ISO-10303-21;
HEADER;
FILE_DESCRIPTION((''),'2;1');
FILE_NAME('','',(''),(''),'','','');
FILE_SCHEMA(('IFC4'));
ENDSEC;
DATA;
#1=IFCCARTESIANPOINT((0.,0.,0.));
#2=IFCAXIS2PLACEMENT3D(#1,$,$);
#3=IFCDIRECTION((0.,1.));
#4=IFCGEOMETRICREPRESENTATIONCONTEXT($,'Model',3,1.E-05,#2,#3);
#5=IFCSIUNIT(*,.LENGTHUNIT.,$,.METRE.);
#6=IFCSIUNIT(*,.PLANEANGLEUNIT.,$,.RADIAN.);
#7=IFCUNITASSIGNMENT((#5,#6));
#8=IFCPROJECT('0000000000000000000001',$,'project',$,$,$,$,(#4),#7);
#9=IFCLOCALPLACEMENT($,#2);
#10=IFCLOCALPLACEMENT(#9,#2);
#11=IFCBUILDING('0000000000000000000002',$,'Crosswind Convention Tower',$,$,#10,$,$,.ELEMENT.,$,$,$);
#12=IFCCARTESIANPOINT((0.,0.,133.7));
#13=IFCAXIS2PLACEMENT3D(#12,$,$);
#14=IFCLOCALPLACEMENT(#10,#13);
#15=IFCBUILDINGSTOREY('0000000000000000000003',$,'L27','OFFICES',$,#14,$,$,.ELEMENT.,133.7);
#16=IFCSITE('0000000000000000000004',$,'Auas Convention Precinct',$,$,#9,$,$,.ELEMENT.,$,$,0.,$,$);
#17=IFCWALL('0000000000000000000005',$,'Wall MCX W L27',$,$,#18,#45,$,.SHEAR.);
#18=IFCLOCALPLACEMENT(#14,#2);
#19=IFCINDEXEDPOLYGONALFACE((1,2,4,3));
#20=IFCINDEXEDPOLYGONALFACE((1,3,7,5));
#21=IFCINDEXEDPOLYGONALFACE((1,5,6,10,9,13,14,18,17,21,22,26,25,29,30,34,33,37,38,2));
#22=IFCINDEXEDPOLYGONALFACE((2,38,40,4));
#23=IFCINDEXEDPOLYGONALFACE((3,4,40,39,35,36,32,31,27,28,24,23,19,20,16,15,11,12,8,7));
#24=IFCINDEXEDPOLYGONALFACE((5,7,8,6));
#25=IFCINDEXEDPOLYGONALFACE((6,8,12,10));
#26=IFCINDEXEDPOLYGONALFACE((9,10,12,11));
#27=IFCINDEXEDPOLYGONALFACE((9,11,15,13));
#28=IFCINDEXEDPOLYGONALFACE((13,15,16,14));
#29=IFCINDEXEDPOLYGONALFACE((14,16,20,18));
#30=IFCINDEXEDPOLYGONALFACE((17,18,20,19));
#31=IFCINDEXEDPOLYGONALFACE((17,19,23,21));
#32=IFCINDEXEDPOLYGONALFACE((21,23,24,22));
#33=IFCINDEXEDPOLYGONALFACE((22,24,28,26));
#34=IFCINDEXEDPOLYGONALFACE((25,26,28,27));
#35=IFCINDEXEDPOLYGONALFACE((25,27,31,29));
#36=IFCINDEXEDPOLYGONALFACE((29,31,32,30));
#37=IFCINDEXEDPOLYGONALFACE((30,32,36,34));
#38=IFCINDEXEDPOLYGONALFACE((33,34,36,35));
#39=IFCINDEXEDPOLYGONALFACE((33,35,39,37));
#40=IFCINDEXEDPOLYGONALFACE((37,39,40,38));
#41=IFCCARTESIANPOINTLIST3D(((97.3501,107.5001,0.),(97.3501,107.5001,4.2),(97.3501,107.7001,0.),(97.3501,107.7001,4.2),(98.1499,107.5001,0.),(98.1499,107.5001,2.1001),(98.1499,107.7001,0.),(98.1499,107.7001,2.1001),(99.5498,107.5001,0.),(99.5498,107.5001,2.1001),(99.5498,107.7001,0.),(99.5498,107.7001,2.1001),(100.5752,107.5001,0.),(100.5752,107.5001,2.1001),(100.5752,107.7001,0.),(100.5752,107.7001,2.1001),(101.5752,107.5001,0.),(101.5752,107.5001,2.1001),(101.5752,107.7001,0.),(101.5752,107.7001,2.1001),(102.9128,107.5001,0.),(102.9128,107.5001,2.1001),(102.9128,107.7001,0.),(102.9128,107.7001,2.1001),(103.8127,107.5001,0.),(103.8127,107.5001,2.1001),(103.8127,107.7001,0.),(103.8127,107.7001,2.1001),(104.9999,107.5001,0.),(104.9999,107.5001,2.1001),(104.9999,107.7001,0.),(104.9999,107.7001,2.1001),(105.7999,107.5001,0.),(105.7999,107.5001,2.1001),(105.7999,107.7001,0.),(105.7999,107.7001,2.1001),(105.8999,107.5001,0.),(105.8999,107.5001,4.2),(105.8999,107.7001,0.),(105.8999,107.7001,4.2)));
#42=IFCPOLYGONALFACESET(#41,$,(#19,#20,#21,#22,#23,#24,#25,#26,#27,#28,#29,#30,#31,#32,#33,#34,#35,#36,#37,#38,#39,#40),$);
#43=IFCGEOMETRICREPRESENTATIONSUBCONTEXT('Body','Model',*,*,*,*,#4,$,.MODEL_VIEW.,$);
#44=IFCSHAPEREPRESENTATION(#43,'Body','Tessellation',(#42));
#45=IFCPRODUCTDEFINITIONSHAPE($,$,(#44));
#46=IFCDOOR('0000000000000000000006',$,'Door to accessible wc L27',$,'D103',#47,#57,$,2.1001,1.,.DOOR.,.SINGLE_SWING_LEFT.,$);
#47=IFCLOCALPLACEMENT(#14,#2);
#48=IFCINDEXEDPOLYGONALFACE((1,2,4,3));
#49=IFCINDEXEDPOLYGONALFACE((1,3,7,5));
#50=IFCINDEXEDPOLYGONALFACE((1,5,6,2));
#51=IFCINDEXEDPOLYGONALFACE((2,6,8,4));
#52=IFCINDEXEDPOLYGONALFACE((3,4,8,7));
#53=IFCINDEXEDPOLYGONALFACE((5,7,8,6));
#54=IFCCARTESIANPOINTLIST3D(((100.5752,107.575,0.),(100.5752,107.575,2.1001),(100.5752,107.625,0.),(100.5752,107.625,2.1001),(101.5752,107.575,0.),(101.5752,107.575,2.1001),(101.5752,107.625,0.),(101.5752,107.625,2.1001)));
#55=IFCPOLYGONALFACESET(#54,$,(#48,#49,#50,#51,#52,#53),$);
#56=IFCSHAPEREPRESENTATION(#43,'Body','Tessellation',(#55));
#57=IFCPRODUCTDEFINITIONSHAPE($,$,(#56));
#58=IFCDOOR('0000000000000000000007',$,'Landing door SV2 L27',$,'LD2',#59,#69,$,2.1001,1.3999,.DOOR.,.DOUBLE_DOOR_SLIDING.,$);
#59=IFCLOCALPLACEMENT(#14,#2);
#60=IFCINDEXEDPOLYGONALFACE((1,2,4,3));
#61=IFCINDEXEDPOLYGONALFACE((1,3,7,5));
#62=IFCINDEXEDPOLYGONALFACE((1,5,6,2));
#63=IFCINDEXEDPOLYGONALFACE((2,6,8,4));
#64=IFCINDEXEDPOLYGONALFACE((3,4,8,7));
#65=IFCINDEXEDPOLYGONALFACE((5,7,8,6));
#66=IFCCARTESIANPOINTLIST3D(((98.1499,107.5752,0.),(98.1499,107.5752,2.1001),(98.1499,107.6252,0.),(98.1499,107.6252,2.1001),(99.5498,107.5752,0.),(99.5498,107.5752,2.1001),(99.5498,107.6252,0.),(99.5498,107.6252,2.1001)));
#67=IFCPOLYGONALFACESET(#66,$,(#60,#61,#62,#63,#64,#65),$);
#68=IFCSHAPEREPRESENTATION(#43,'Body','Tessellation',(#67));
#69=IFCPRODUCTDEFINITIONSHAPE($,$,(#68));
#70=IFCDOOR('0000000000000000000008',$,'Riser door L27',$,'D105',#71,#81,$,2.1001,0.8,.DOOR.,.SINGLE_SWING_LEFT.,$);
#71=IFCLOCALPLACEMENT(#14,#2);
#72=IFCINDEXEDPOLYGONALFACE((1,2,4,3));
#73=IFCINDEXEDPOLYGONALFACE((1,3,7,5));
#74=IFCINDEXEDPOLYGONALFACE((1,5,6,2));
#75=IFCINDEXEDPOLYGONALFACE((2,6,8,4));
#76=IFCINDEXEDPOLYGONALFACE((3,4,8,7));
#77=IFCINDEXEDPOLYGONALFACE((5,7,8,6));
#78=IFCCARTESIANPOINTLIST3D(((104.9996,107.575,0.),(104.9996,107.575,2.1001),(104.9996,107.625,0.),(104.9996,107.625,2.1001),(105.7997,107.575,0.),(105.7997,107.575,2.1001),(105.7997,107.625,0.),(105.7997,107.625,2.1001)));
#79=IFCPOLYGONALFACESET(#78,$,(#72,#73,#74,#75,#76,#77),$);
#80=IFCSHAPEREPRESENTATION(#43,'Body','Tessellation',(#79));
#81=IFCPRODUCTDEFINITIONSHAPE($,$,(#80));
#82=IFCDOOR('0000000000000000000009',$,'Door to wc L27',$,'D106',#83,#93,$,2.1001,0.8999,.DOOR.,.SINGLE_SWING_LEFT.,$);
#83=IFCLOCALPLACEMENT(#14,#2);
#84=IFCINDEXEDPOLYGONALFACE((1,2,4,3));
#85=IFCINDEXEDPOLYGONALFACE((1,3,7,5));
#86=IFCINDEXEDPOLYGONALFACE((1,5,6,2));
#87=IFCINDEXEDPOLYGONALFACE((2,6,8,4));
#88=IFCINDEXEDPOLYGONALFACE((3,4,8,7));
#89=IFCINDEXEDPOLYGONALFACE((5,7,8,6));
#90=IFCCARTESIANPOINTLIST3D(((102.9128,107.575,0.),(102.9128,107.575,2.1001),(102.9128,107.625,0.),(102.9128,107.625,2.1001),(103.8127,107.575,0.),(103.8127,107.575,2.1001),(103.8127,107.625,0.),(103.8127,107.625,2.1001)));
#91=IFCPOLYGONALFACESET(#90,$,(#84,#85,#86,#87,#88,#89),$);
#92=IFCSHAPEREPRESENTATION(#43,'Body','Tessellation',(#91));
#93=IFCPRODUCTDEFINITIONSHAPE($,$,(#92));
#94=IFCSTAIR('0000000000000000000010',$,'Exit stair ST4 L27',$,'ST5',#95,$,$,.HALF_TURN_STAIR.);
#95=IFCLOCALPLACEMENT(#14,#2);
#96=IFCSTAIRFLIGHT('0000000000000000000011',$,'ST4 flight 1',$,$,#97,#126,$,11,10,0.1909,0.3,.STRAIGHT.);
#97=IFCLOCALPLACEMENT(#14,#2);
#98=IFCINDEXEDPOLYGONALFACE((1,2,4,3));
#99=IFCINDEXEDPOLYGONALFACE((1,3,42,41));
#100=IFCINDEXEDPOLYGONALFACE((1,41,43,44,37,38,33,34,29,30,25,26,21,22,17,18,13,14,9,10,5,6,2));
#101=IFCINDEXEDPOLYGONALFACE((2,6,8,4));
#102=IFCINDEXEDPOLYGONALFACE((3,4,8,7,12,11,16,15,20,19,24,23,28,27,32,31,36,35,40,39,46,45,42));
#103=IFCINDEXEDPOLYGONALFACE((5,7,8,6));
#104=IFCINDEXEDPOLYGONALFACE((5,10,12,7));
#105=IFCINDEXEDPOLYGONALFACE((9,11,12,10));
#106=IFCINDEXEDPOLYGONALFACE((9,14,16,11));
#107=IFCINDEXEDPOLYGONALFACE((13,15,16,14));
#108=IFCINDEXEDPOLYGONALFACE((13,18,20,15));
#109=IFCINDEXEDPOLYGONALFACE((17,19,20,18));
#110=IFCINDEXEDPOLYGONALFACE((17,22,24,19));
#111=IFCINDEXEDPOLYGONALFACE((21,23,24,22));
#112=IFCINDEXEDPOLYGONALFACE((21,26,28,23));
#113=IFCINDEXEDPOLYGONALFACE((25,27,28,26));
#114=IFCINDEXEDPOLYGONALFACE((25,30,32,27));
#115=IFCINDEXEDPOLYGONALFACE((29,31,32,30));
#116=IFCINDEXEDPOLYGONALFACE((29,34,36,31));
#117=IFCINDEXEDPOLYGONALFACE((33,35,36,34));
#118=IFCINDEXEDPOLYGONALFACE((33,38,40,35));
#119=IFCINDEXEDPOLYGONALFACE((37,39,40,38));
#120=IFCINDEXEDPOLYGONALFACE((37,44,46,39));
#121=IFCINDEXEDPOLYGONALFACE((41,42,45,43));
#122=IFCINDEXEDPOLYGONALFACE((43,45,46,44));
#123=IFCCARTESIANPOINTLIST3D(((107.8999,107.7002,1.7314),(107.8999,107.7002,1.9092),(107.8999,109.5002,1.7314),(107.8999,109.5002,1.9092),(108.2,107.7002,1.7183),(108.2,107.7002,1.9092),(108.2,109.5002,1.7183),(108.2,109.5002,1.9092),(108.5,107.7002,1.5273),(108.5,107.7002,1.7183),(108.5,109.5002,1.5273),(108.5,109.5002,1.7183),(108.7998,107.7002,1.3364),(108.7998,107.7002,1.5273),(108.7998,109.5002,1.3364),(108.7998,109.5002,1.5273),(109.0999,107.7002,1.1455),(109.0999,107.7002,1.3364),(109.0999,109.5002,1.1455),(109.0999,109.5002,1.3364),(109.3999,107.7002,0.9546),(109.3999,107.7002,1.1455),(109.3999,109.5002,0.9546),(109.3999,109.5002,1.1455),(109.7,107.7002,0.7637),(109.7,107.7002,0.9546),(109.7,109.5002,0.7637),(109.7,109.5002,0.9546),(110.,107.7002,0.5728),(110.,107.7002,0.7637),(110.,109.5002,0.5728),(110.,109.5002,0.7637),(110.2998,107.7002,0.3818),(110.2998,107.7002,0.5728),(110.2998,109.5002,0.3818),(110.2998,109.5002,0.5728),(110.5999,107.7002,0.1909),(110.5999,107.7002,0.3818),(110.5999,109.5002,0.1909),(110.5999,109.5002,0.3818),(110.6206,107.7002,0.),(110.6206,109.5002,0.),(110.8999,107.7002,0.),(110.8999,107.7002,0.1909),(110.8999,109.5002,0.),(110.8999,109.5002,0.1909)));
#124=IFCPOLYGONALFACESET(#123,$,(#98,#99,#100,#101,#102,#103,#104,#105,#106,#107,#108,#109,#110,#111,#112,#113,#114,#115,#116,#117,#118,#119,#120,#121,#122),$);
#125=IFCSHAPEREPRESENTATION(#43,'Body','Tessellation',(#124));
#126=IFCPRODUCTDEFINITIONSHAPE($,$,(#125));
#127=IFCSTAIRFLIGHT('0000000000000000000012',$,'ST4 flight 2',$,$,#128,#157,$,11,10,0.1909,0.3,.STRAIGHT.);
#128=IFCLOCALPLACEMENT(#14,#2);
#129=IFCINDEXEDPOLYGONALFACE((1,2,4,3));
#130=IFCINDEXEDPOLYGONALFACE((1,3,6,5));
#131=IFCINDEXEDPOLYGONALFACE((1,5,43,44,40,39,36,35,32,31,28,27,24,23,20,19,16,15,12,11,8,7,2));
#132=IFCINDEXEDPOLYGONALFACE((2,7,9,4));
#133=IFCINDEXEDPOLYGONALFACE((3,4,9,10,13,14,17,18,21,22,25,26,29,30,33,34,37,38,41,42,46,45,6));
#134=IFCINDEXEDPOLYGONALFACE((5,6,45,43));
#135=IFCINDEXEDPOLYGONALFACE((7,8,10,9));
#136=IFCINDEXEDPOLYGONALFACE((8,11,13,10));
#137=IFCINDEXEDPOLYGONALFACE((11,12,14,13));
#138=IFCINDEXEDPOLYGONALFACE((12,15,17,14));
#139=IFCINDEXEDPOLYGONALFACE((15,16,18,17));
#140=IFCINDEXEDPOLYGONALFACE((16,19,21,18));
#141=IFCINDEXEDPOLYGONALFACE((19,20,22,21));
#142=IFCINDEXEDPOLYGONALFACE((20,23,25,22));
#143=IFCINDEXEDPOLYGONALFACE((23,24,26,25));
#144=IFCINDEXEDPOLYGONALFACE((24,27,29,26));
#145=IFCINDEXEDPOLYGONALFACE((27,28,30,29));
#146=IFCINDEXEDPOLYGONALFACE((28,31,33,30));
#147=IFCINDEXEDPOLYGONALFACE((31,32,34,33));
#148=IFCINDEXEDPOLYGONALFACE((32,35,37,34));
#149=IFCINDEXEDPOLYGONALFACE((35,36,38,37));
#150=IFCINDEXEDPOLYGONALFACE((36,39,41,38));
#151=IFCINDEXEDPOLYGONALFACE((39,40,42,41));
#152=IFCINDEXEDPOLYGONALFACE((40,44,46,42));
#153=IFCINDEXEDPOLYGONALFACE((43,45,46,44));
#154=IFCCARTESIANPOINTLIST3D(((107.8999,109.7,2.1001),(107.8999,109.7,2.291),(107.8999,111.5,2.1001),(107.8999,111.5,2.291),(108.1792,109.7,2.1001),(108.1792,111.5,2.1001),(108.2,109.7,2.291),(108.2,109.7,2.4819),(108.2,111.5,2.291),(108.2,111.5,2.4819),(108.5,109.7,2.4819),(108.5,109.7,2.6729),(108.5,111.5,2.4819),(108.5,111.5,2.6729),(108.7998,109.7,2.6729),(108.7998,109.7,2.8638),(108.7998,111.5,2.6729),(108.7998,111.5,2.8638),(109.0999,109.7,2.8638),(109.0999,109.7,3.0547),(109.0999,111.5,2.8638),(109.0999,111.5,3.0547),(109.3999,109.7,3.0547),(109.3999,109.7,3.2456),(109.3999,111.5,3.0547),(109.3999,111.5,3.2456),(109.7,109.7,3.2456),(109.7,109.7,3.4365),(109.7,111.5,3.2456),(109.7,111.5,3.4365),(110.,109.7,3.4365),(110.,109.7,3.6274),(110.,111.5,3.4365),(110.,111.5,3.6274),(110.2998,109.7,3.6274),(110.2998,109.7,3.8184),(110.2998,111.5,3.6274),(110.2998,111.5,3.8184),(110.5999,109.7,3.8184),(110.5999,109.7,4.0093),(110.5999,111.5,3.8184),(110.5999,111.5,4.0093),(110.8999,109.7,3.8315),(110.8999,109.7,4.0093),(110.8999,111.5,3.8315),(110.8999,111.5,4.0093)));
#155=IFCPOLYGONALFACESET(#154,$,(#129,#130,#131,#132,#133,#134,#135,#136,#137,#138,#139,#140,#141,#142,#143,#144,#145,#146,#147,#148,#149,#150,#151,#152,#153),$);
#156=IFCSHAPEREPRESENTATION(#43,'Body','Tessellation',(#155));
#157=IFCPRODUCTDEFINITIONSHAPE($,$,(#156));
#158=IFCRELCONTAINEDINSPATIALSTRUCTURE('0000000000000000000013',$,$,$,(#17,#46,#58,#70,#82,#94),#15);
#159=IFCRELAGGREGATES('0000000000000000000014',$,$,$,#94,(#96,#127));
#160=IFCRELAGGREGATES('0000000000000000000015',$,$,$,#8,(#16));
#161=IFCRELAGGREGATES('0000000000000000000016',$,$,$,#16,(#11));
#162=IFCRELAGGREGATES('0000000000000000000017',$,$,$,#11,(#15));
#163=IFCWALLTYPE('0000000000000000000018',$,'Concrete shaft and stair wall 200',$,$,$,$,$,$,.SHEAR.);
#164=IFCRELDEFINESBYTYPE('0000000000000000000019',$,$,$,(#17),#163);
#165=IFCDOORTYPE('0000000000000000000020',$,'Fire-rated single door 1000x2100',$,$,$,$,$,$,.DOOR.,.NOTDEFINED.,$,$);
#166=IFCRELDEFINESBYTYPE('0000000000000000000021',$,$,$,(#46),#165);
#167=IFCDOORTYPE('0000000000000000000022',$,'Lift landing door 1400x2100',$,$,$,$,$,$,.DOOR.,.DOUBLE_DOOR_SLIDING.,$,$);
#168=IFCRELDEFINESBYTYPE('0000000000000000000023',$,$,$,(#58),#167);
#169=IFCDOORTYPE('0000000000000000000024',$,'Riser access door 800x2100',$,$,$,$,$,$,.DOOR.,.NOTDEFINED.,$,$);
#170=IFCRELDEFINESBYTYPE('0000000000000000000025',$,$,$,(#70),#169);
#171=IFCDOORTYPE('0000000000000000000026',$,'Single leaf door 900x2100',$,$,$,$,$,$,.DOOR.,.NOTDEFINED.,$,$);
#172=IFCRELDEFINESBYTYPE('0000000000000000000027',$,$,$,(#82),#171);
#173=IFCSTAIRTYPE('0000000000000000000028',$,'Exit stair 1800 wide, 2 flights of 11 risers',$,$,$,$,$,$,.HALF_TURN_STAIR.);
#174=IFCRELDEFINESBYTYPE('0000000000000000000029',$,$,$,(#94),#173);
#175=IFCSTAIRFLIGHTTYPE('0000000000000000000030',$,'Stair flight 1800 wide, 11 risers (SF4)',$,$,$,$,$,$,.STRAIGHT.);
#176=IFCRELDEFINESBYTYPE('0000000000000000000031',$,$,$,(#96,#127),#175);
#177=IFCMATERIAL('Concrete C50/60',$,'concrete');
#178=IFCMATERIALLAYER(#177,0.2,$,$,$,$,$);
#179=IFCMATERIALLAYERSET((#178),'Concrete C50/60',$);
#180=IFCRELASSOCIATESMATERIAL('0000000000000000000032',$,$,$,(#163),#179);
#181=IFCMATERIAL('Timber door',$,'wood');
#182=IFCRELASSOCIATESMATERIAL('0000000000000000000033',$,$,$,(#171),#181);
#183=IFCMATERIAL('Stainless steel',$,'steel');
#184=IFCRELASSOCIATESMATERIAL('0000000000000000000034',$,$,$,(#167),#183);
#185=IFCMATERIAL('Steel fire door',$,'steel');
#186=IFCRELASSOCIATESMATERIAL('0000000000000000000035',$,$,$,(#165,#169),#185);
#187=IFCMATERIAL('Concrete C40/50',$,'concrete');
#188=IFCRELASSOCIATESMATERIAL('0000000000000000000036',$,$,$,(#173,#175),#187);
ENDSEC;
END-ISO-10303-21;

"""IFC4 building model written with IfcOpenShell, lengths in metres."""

from ifc_helpers import new_model, si_unit, direction, frame, frame_2d, origin, place, context, subcontext, project, spatial, polyline, rectangle, outline, extrude, material, layer, layer_set, type_object, element, fill, aggregate, save


model = new_model("IFC4")

# Units and contexts
model_context = context("Model", 3, precision=1e-05, world=origin(), true_north=direction((0.0, 1.0)))
body_context = subcontext(model_context, "Body", "Model", "MODEL_VIEW")
ifc_project = project(units=[si_unit("LENGTHUNIT", "METRE"), si_unit("PLANEANGLEUNIT", "RADIAN")], contexts=[model_context])

# Site, building, storey
site_placement = place(None, origin())
site = spatial("IfcSite", under=ifc_project, at=site_placement, Name="Auas Convention Precinct", CompositionType="ELEMENT", RefElevation=0.0)
building_placement = place(site_placement, origin())
building = spatial("IfcBuilding", under=site, at=building_placement, Name="Crosswind Convention Tower", CompositionType="ELEMENT")
storey_placement = place(building_placement, frame((0.0, 0.0, 133.7)))
storey = spatial("IfcBuildingStorey", under=building, at=storey_placement, Name="L27", Description="OFFICES", CompositionType="ELEMENT", Elevation=133.7)

# Shared definitions
ifc_material_1 = material(Name="Concrete C50/60", Category="concrete")
ifc_layer = layer(ifc_material_1, 0.2)
ifc_layer_set = layer_set([ifc_layer], Name="Concrete C50/60")
wall_type = type_object("IfcWallType", Name="Concrete shaft and stair wall 200", PredefinedType="SHEAR", material=ifc_layer_set)

# Shared definitions
ifc_material_2 = material(Name="Timber door", Category="wood")
door_type_1 = type_object("IfcDoorType", Name="Single leaf door 900x2100", OperationType="NOTDEFINED", PredefinedType="DOOR", material=ifc_material_2)

# Shared definitions
ifc_material_3 = material(Name="Stainless steel", Category="steel")
door_type_2 = type_object("IfcDoorType", Name="Lift landing door 1400x2100", OperationType="DOUBLE_DOOR_SLIDING", PredefinedType="DOOR", material=ifc_material_3)

# Wall, openings, doors
wall_1_placement = place(storey_placement, frame((105.8999, 107.6001, 0.0), z_axis=(0.0, 0.0, 1.0), x_axis=(-1.0, 0.0, 0.0)))
wall_1 = element("IfcWall", 1, at=wall_1_placement, inside=storey, type_object=wall_type, Name="Wall MCX W L27", PredefinedType="SHEAR", context=body_context, shape_type="SweptSolid", body=[
    extrude(rectangle(XDim=8.5498, YDim=0.2, at=frame_2d((4.2749, 0.0))), origin(), (0.0, 0.0, 1.0), 4.2),
])
opening_1_placement = place(wall_1_placement, frame((0.1001, 0.0, 0.0)))
opening_1 = element("IfcOpeningElement", 2, at=opening_1_placement, cuts=wall_1, PredefinedType="OPENING", context=body_context, shape_type="SweptSolid", body=[
    extrude(rectangle(XDim=0.8, YDim=2.1001, at=frame_2d((0.3999, 1.05))), frame((0.0, 0.1099, 0.0), z_axis=(0.0, -1.0, 0.0), x_axis=(1.0, 0.0, 0.0)), (0.0, 0.0, 1.0), 0.22),
])
opening_2_placement = place(wall_1_placement, frame((2.0872, 0.0, 0.0)))
opening_2 = element("IfcOpeningElement", 3, at=opening_2_placement, cuts=wall_1, PredefinedType="OPENING", context=body_context, shape_type="SweptSolid", body=[
    extrude(rectangle(XDim=0.8999, YDim=2.1001, at=frame_2d((0.45, 1.05))), frame((0.0, 0.1099, 0.0), z_axis=(0.0, -1.0, 0.0), x_axis=(1.0, 0.0, 0.0)), (0.0, 0.0, 1.0), 0.22),
])
opening_3_placement = place(wall_1_placement, frame((4.3247, 0.0, 0.0)))
opening_3 = element("IfcOpeningElement", 4, at=opening_3_placement, cuts=wall_1, PredefinedType="OPENING", context=body_context, shape_type="SweptSolid", body=[
    extrude(rectangle(XDim=1.0, YDim=2.1001, at=frame_2d((0.5, 1.05))), frame((0.0, 0.1099, 0.0), z_axis=(0.0, -1.0, 0.0), x_axis=(1.0, 0.0, 0.0)), (0.0, 0.0, 1.0), 0.22),
])
opening_4_placement = place(wall_1_placement, frame((6.3501, 0.0, 0.0)))
opening_4 = element("IfcOpeningElement", 5, at=opening_4_placement, cuts=wall_1, PredefinedType="OPENING", context=body_context, shape_type="SweptSolid", body=[
    extrude(rectangle(XDim=1.3999, YDim=2.1001, at=frame_2d((0.7, 1.05))), frame((0.0, 0.1099, 0.0), z_axis=(0.0, -1.0, 0.0), x_axis=(1.0, 0.0, 0.0)), (0.0, 0.0, 1.0), 0.22),
])
ifc_material_4 = material(Name="Steel fire door", Category="steel")
door_type_3 = type_object("IfcDoorType", Name="Fire-rated single door 1000x2100", OperationType="NOTDEFINED", PredefinedType="DOOR", material=ifc_material_4)
door_1_placement = place(opening_3_placement, frame((1.0, 0.0, 0.0), z_axis=(0.0, 0.0, 1.0), x_axis=(-1.0, 0.0, 0.0)))
door_1 = element("IfcDoor", 6, at=door_1_placement, inside=storey, type_object=door_type_3, Name="Door to accessible wc L27", ObjectType="D103", OperationType="SINGLE_SWING_LEFT", OverallHeight=2.1001, OverallWidth=1.0, PredefinedType="DOOR", context=body_context, shape_type="SweptSolid", body=[
    extrude(rectangle(XDim=1.0, YDim=2.1001, at=frame_2d((0.5, 1.05))), frame((0.0, 0.0249, 0.0), z_axis=(0.0, -1.0, 0.0), x_axis=(1.0, 0.0, 0.0)), (0.0, 0.0, 1.0), 0.05),
])
fill(opening_3, door_1)
door_2_placement = place(opening_4_placement, origin())
door_2 = element("IfcDoor", 7, at=door_2_placement, inside=storey, type_object=door_type_2, Name="Landing door SV2 L27", ObjectType="LD2", OperationType="DOUBLE_DOOR_SLIDING", OverallHeight=2.1001, OverallWidth=1.3999, PredefinedType="DOOR", context=body_context, shape_type="SweptSolid", body=[
    extrude(rectangle(XDim=1.3999, YDim=2.1001, at=frame_2d((0.7, 1.05))), frame((0.0, 0.0249, 0.0), z_axis=(0.0, -1.0, 0.0), x_axis=(1.0, 0.0, 0.0)), (0.0, 0.0, 1.0), 0.05),
])
fill(opening_4, door_2)
door_type_4 = type_object("IfcDoorType", Name="Riser access door 800x2100", OperationType="NOTDEFINED", PredefinedType="DOOR", material=ifc_material_4)
door_3_placement = place(opening_1_placement, frame((0.8, 0.0, 0.0), z_axis=(0.0, 0.0, 1.0), x_axis=(-1.0, 0.0, 0.0)))
door_3 = element("IfcDoor", 8, at=door_3_placement, inside=storey, type_object=door_type_4, Name="Riser door L27", ObjectType="D105", OperationType="SINGLE_SWING_LEFT", OverallHeight=2.1001, OverallWidth=0.8, PredefinedType="DOOR", context=body_context, shape_type="SweptSolid", body=[
    extrude(rectangle(XDim=0.8, YDim=2.1001, at=frame_2d((0.3999, 1.05))), frame((0.0, 0.0249, 0.0), z_axis=(0.0, -1.0, 0.0), x_axis=(1.0, 0.0, 0.0)), (0.0, 0.0, 1.0), 0.05),
])
fill(opening_1, door_3)
door_4_placement = place(opening_2_placement, frame((0.8999, 0.0, 0.0), z_axis=(0.0, 0.0, 1.0), x_axis=(-1.0, 0.0, 0.0)))
door_4 = element("IfcDoor", 9, at=door_4_placement, inside=storey, type_object=door_type_1, Name="Door to wc L27", ObjectType="D106", OperationType="SINGLE_SWING_LEFT", OverallHeight=2.1001, OverallWidth=0.8999, PredefinedType="DOOR", context=body_context, shape_type="SweptSolid", body=[
    extrude(rectangle(XDim=0.8999, YDim=2.1001, at=frame_2d((0.45, 1.05))), frame((0.0, 0.0249, 0.0), z_axis=(0.0, -1.0, 0.0), x_axis=(1.0, 0.0, 0.0)), (0.0, 0.0, 1.0), 0.05),
])
fill(opening_2, door_4)

# Stair, stair flights
ifc_material_5 = material(Name="Concrete C40/50", Category="concrete")
stair_type = type_object("IfcStairType", Name="Exit stair 1800 wide, 2 flights of 11 risers", PredefinedType="HALF_TURN_STAIR", material=ifc_material_5)
stair_placement = place(storey_placement, origin())
stair = element("IfcStair", 10, at=stair_placement, inside=storey, type_object=stair_type, Name="Exit stair ST4 L27", ObjectType="ST5", PredefinedType="HALF_TURN_STAIR")
stair_flight_type = type_object("IfcStairFlightType", Name="Stair flight 1800 wide, 11 risers (SF4)", PredefinedType="STRAIGHT", material=ifc_material_5)
stair_flight_1_placement = place(storey_placement, frame((110.8999, 108.6001, 0.0), z_axis=(0.0, 0.0, 1.0), x_axis=(-1.0, 0.0, 0.0)))
stair_flight_1 = element("IfcStairFlight", 11, at=stair_flight_1_placement, type_object=stair_flight_type, Name="ST4 flight 1", NumberOfRisers=11, NumberOfTreads=10, PredefinedType="STRAIGHT", RiserHeight=0.1909, TreadLength=0.3, context=body_context, shape_type="SweptSolid", body=[
    extrude(outline(polyline([(0.0, 0.0), (0.0, 0.1909), (0.3, 0.1909), (0.3, 0.3818), (0.6001, 0.3818), (0.6001, 0.5728), (0.8999, 0.5728), (0.8999, 0.7637), (1.2, 0.7637), (1.2, 0.9546), (1.5, 0.9546), (1.5, 1.1455), (1.8, 1.1455), (1.8, 1.3364), (2.1001, 1.3364), (2.1001, 1.5273), (2.3999, 1.5273), (2.3999, 1.7183), (2.7, 1.7183), (2.7, 1.9092), (3.0, 1.9092), (3.0, 2.1001), (3.0, 1.7314), (0.2793, 0.0), (0.0, 0.0)])), frame((0.0, 0.8999, 0.0), z_axis=(0.0, -1.0, 0.0), x_axis=(1.0, 0.0, 0.0)), (0.0, 0.0, 1.0), 1.8),
])
stair_flight_2_placement = place(storey_placement, frame((107.8999, 110.6001, 2.1001), z_axis=(0.0, 0.0, 1.0), x_axis=(1.0, 0.0, 0.0)))
stair_flight_2 = element("IfcStairFlight", 12, at=stair_flight_2_placement, type_object=stair_flight_type, Name="ST4 flight 2", NumberOfRisers=11, NumberOfTreads=10, PredefinedType="STRAIGHT", RiserHeight=0.1909, TreadLength=0.3, context=body_context, shape_type="SweptSolid", body=[
    extrude(outline(polyline([(0.0, 0.0), (0.0, 0.1909), (0.3, 0.1909), (0.3, 0.3818), (0.6001, 0.3818), (0.6001, 0.5728), (0.8999, 0.5728), (0.8999, 0.7637), (1.2, 0.7637), (1.2, 0.9546), (1.5, 0.9546), (1.5, 1.1455), (1.8, 1.1455), (1.8, 1.3364), (2.1001, 1.3364), (2.1001, 1.5273), (2.3999, 1.5273), (2.3999, 1.7183), (2.7, 1.7183), (2.7, 1.9092), (3.0, 1.9092), (3.0, 2.1001), (3.0, 1.7314), (0.2793, 0.0), (0.0, 0.0)])), frame((0.0, 0.8999, 0.0), z_axis=(0.0, -1.0, 0.0), x_axis=(1.0, 0.0, 0.0)), (0.0, 0.0, 1.0), 1.8),
])
aggregate(stair, [stair_flight_1, stair_flight_2])

save(model, "model.ifc")
